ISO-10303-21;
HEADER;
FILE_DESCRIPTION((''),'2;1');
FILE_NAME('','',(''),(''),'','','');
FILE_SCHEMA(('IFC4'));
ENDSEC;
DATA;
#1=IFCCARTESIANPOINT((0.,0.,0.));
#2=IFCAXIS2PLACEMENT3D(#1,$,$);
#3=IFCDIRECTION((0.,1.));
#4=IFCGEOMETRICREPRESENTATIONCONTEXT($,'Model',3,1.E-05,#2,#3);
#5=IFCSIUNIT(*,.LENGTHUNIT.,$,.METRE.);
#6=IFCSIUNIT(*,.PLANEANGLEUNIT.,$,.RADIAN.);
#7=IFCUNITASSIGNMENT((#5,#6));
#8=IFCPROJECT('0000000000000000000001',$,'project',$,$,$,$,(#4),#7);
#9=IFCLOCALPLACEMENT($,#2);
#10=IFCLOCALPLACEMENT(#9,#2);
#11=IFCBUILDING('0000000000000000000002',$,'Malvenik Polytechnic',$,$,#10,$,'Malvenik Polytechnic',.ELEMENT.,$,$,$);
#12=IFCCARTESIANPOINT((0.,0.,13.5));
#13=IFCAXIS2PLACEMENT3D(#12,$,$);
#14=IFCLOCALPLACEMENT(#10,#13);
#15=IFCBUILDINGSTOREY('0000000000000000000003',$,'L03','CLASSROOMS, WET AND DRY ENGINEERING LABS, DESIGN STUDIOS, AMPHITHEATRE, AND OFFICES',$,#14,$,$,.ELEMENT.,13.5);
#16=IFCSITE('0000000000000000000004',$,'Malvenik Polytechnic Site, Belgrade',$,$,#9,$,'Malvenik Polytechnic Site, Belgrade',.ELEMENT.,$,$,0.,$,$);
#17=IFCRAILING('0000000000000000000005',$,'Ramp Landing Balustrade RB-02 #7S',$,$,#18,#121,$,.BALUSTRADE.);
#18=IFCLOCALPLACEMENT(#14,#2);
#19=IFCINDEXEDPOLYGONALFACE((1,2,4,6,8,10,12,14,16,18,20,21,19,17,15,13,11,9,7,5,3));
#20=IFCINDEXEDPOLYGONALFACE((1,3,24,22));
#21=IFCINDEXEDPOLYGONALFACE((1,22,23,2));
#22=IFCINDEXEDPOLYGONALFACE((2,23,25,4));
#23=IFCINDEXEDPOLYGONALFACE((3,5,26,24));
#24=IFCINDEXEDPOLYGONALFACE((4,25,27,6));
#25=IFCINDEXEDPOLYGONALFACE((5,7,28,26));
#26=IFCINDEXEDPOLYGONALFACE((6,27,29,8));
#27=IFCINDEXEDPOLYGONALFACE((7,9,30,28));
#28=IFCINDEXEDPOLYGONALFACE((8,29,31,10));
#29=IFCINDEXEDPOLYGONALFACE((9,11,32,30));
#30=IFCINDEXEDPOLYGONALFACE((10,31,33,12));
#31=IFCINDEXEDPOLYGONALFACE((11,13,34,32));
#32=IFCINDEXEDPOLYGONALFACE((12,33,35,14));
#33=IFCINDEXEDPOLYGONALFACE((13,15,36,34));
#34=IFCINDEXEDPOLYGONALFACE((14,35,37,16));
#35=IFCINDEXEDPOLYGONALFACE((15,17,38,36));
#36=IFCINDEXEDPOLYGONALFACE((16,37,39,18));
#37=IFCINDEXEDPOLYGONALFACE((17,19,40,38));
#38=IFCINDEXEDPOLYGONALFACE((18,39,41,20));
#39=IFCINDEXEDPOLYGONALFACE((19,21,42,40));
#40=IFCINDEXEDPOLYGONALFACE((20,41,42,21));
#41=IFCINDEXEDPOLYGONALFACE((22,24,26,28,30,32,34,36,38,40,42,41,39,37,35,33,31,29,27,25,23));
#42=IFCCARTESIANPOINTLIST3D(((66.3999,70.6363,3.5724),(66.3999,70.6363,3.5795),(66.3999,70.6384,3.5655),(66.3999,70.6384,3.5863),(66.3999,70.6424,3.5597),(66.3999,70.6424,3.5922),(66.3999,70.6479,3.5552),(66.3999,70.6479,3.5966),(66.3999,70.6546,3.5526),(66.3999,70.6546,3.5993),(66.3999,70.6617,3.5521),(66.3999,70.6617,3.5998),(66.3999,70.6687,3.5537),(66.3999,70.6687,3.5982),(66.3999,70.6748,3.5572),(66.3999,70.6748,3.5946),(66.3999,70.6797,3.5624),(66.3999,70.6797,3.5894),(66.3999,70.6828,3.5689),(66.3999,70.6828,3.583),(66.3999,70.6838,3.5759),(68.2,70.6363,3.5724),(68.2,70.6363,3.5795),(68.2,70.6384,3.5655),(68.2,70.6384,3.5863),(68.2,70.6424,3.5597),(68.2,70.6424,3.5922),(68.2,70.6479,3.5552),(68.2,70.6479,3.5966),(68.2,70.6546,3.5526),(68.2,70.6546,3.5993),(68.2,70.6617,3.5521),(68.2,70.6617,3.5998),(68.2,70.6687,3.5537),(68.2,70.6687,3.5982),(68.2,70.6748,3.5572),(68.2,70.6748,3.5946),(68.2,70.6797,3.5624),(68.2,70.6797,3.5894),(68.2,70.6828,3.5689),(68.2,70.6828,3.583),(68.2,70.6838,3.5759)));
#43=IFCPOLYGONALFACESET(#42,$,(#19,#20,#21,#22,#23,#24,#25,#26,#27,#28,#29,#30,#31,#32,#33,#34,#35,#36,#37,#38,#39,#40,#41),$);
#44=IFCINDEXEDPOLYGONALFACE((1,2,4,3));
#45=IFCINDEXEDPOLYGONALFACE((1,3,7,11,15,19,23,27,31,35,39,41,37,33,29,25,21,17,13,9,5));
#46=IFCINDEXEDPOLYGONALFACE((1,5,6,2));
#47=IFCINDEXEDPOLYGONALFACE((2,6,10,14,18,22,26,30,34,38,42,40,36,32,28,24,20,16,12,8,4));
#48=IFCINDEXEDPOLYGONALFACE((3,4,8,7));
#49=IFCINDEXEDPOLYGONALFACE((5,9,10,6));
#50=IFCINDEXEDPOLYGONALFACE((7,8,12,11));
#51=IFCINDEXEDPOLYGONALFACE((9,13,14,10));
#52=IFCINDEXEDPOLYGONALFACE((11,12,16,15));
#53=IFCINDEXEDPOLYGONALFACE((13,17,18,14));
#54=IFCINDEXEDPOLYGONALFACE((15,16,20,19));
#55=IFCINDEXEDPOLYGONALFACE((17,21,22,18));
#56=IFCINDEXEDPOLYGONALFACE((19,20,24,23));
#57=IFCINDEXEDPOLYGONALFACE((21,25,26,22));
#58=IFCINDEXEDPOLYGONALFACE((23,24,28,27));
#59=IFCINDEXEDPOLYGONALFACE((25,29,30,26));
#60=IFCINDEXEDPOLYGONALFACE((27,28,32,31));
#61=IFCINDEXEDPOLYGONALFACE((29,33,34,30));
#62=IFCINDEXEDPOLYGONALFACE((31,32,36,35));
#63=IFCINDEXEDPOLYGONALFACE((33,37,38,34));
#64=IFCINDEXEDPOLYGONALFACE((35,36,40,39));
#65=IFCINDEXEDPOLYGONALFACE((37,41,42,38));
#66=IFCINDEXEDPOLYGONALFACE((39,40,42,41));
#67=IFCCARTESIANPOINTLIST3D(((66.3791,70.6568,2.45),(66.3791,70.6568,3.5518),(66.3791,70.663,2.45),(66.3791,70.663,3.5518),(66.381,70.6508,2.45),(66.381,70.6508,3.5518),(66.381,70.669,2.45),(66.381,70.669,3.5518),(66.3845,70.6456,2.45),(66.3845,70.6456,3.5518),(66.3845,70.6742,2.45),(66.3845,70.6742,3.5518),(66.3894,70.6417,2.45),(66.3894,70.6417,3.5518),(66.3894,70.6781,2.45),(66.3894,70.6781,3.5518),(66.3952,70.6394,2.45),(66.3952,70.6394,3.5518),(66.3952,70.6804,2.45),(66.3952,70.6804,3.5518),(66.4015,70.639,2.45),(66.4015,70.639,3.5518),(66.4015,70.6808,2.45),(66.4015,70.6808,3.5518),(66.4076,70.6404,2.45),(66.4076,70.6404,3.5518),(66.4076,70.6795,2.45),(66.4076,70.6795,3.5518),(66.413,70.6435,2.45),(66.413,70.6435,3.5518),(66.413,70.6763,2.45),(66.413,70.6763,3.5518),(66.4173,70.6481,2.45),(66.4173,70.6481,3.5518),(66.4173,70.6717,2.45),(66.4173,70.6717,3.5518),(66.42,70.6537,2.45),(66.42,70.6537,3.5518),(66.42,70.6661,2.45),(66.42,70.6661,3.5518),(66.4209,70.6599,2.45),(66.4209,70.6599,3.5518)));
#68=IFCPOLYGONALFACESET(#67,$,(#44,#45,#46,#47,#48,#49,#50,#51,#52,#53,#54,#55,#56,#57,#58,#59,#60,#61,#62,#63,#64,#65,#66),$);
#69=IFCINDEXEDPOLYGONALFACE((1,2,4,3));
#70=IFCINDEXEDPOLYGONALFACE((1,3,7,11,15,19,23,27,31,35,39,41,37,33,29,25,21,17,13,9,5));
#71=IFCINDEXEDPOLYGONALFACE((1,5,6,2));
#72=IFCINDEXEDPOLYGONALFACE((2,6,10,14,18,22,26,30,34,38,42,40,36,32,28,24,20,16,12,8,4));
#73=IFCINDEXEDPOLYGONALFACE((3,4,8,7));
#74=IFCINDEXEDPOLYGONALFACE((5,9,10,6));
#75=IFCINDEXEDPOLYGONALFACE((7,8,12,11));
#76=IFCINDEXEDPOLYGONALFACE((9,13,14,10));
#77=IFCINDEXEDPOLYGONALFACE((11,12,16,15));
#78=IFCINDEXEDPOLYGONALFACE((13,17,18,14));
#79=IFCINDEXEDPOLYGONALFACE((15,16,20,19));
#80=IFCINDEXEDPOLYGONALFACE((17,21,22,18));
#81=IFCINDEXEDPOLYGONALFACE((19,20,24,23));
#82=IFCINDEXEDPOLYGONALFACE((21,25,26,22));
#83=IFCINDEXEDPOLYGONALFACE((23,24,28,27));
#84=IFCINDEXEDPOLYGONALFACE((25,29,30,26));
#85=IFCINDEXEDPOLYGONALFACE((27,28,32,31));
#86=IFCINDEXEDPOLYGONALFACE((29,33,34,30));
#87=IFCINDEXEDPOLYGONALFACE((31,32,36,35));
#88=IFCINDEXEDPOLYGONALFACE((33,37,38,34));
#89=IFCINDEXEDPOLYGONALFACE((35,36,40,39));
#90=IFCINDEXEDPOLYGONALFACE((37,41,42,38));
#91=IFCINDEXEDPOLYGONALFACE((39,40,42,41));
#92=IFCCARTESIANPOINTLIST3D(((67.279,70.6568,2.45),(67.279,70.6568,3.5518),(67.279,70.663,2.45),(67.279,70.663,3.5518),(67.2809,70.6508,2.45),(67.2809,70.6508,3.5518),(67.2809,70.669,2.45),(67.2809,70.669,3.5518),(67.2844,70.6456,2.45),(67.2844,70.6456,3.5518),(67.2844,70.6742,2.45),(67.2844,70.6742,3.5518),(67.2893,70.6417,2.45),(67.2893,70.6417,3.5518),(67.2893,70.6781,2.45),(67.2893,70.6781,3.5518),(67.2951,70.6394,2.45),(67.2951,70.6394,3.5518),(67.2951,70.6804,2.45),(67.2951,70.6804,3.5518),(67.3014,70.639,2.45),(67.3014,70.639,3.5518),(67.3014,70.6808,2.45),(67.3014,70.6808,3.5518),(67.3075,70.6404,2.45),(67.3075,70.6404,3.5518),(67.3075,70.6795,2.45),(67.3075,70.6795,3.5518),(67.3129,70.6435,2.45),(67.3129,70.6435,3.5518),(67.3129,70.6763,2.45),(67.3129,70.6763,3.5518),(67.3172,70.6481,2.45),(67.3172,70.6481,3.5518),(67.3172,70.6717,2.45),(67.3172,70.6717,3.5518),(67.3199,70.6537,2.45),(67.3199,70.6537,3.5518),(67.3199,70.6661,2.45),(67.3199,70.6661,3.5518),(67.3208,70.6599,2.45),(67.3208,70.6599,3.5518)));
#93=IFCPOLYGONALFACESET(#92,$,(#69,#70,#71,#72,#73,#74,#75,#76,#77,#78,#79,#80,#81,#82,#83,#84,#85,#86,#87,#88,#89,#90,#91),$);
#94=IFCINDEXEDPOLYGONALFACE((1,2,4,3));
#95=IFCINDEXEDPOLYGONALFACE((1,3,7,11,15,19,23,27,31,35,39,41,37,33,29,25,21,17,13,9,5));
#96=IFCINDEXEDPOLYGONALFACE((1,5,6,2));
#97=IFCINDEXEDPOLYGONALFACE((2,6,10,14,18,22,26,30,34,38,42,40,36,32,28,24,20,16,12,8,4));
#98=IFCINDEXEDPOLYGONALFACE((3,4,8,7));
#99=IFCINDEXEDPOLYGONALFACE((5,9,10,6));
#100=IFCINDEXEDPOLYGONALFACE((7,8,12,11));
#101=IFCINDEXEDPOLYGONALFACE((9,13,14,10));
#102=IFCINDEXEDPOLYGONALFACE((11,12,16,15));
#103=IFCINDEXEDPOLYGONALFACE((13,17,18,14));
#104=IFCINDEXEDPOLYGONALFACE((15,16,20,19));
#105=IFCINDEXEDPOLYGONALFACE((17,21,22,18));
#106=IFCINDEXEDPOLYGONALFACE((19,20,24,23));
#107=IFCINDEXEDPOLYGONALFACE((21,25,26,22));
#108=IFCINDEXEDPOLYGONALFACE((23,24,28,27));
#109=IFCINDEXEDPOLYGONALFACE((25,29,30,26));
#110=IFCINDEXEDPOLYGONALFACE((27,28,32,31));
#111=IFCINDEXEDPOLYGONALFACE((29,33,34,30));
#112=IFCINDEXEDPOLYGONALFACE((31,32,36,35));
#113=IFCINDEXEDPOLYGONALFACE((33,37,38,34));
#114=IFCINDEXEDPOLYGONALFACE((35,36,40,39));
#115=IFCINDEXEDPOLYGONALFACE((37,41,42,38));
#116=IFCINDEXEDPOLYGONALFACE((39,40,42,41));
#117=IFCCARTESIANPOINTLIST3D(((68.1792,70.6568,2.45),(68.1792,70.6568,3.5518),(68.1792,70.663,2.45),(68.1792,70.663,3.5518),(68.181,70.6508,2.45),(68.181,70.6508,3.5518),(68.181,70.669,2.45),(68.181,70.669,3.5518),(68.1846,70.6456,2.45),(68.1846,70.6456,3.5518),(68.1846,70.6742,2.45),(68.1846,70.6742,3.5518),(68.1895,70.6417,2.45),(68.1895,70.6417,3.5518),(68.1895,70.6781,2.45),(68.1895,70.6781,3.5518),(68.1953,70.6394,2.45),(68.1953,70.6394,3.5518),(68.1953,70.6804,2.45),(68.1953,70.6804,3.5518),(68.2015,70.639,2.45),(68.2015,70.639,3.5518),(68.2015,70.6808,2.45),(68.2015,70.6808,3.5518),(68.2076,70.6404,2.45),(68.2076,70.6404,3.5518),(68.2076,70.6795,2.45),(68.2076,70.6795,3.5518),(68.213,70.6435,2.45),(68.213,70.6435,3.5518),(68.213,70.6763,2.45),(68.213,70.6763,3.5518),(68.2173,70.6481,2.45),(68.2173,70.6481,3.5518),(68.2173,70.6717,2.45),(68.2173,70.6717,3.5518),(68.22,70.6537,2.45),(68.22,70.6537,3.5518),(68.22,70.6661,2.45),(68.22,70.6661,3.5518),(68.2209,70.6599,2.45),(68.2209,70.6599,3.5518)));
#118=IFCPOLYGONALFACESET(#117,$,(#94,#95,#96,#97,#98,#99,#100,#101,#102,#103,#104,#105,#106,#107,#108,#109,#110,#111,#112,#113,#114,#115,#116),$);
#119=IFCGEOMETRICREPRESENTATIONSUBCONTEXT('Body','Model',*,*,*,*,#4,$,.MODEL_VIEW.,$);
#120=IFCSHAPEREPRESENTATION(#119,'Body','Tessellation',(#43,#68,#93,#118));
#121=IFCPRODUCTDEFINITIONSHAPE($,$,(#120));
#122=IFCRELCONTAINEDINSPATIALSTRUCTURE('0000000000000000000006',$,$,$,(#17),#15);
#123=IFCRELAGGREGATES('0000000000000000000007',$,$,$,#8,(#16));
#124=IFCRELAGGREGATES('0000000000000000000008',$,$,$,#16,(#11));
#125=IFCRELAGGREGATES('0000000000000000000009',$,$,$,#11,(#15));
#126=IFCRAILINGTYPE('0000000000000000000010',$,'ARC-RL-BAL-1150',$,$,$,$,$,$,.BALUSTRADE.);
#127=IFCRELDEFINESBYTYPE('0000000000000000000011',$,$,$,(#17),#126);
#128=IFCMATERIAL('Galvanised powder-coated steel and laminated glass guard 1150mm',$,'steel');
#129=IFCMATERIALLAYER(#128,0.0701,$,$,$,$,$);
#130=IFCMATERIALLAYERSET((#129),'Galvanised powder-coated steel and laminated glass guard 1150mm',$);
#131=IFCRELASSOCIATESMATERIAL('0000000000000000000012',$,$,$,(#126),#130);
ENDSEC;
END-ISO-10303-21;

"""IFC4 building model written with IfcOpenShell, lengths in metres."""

from ifc_helpers import new_model, si_unit, direction, frame, origin, origin_2d, place, context, subcontext, project, spatial, circle, extrude, material, layer, layer_set, type_object, element, save


model = new_model("IFC4")

# Units and contexts
model_context = context("Model", 3, precision=1e-05, world=origin(), true_north=direction((0.0, 1.0)))
body_context = subcontext(model_context, "Body", "Model", "MODEL_VIEW")
ifc_project = project(units=[si_unit("LENGTHUNIT", "METRE"), si_unit("PLANEANGLEUNIT", "RADIAN")], contexts=[model_context])

# Site, building, storey
site_placement = place(None, origin())
site = spatial("IfcSite", under=ifc_project, at=site_placement, Name="Malvenik Polytechnic Site, Belgrade", LongName="Malvenik Polytechnic Site, Belgrade", CompositionType="ELEMENT", RefElevation=0.0)
building_placement = place(site_placement, origin())
building = spatial("IfcBuilding", under=site, at=building_placement, Name="Malvenik Polytechnic", LongName="Malvenik Polytechnic", CompositionType="ELEMENT")
storey_placement = place(building_placement, frame((0.0, 0.0, 13.5)))
storey = spatial("IfcBuildingStorey", under=building, at=storey_placement, Name="L03", Description="CLASSROOMS, WET AND DRY ENGINEERING LABS, DESIGN STUDIOS, AMPHITHEATRE, AND OFFICES", CompositionType="ELEMENT", Elevation=13.5)

# Railing
ifc_material_1 = material(Name="Galvanised powder-coated steel and laminated glass guard 1150mm", Category="steel")
ifc_layer_1 = layer(ifc_material_1, 0.0701)
ifc_layer_set_1 = layer_set([ifc_layer_1], Name="Galvanised powder-coated steel and laminated glass guard 1150mm")
railing_type_1 = type_object("IfcRailingType", Name="ARC-RL-BAL-1150", PredefinedType="BALUSTRADE", material=ifc_layer_set_1)
railing_1_placement = place(storey_placement, frame((66.3999, 70.6599, 2.45)))
element("IfcRailing", 1, at=railing_1_placement, inside=storey, type_object=railing_type_1, Name="Ramp Landing Balustrade RB-02 #7S", PredefinedType="BALUSTRADE", context=body_context, shape_type="SweptSolid", body=[
    extrude(circle(Radius=0.0239, at=origin_2d()), frame((0.0, 0.0, 1.126), z_axis=(1.0, 0.0, 0.0), x_axis=(0.0, 1.0, 0.0)), (0.0, 0.0, 1.0), 1.8),
    extrude(circle(Radius=0.021, at=origin_2d()), origin(), (0.0, 0.0, 1.0), 1.1018),
    extrude(circle(Radius=0.021, at=origin_2d()), frame((0.8999, 0.0, 0.0)), (0.0, 0.0, 1.0), 1.1018),
    extrude(circle(Radius=0.021, at=origin_2d()), frame((1.8, 0.0, 0.0)), (0.0, 0.0, 1.0), 1.1018),
])

save(model, "model.ifc")
